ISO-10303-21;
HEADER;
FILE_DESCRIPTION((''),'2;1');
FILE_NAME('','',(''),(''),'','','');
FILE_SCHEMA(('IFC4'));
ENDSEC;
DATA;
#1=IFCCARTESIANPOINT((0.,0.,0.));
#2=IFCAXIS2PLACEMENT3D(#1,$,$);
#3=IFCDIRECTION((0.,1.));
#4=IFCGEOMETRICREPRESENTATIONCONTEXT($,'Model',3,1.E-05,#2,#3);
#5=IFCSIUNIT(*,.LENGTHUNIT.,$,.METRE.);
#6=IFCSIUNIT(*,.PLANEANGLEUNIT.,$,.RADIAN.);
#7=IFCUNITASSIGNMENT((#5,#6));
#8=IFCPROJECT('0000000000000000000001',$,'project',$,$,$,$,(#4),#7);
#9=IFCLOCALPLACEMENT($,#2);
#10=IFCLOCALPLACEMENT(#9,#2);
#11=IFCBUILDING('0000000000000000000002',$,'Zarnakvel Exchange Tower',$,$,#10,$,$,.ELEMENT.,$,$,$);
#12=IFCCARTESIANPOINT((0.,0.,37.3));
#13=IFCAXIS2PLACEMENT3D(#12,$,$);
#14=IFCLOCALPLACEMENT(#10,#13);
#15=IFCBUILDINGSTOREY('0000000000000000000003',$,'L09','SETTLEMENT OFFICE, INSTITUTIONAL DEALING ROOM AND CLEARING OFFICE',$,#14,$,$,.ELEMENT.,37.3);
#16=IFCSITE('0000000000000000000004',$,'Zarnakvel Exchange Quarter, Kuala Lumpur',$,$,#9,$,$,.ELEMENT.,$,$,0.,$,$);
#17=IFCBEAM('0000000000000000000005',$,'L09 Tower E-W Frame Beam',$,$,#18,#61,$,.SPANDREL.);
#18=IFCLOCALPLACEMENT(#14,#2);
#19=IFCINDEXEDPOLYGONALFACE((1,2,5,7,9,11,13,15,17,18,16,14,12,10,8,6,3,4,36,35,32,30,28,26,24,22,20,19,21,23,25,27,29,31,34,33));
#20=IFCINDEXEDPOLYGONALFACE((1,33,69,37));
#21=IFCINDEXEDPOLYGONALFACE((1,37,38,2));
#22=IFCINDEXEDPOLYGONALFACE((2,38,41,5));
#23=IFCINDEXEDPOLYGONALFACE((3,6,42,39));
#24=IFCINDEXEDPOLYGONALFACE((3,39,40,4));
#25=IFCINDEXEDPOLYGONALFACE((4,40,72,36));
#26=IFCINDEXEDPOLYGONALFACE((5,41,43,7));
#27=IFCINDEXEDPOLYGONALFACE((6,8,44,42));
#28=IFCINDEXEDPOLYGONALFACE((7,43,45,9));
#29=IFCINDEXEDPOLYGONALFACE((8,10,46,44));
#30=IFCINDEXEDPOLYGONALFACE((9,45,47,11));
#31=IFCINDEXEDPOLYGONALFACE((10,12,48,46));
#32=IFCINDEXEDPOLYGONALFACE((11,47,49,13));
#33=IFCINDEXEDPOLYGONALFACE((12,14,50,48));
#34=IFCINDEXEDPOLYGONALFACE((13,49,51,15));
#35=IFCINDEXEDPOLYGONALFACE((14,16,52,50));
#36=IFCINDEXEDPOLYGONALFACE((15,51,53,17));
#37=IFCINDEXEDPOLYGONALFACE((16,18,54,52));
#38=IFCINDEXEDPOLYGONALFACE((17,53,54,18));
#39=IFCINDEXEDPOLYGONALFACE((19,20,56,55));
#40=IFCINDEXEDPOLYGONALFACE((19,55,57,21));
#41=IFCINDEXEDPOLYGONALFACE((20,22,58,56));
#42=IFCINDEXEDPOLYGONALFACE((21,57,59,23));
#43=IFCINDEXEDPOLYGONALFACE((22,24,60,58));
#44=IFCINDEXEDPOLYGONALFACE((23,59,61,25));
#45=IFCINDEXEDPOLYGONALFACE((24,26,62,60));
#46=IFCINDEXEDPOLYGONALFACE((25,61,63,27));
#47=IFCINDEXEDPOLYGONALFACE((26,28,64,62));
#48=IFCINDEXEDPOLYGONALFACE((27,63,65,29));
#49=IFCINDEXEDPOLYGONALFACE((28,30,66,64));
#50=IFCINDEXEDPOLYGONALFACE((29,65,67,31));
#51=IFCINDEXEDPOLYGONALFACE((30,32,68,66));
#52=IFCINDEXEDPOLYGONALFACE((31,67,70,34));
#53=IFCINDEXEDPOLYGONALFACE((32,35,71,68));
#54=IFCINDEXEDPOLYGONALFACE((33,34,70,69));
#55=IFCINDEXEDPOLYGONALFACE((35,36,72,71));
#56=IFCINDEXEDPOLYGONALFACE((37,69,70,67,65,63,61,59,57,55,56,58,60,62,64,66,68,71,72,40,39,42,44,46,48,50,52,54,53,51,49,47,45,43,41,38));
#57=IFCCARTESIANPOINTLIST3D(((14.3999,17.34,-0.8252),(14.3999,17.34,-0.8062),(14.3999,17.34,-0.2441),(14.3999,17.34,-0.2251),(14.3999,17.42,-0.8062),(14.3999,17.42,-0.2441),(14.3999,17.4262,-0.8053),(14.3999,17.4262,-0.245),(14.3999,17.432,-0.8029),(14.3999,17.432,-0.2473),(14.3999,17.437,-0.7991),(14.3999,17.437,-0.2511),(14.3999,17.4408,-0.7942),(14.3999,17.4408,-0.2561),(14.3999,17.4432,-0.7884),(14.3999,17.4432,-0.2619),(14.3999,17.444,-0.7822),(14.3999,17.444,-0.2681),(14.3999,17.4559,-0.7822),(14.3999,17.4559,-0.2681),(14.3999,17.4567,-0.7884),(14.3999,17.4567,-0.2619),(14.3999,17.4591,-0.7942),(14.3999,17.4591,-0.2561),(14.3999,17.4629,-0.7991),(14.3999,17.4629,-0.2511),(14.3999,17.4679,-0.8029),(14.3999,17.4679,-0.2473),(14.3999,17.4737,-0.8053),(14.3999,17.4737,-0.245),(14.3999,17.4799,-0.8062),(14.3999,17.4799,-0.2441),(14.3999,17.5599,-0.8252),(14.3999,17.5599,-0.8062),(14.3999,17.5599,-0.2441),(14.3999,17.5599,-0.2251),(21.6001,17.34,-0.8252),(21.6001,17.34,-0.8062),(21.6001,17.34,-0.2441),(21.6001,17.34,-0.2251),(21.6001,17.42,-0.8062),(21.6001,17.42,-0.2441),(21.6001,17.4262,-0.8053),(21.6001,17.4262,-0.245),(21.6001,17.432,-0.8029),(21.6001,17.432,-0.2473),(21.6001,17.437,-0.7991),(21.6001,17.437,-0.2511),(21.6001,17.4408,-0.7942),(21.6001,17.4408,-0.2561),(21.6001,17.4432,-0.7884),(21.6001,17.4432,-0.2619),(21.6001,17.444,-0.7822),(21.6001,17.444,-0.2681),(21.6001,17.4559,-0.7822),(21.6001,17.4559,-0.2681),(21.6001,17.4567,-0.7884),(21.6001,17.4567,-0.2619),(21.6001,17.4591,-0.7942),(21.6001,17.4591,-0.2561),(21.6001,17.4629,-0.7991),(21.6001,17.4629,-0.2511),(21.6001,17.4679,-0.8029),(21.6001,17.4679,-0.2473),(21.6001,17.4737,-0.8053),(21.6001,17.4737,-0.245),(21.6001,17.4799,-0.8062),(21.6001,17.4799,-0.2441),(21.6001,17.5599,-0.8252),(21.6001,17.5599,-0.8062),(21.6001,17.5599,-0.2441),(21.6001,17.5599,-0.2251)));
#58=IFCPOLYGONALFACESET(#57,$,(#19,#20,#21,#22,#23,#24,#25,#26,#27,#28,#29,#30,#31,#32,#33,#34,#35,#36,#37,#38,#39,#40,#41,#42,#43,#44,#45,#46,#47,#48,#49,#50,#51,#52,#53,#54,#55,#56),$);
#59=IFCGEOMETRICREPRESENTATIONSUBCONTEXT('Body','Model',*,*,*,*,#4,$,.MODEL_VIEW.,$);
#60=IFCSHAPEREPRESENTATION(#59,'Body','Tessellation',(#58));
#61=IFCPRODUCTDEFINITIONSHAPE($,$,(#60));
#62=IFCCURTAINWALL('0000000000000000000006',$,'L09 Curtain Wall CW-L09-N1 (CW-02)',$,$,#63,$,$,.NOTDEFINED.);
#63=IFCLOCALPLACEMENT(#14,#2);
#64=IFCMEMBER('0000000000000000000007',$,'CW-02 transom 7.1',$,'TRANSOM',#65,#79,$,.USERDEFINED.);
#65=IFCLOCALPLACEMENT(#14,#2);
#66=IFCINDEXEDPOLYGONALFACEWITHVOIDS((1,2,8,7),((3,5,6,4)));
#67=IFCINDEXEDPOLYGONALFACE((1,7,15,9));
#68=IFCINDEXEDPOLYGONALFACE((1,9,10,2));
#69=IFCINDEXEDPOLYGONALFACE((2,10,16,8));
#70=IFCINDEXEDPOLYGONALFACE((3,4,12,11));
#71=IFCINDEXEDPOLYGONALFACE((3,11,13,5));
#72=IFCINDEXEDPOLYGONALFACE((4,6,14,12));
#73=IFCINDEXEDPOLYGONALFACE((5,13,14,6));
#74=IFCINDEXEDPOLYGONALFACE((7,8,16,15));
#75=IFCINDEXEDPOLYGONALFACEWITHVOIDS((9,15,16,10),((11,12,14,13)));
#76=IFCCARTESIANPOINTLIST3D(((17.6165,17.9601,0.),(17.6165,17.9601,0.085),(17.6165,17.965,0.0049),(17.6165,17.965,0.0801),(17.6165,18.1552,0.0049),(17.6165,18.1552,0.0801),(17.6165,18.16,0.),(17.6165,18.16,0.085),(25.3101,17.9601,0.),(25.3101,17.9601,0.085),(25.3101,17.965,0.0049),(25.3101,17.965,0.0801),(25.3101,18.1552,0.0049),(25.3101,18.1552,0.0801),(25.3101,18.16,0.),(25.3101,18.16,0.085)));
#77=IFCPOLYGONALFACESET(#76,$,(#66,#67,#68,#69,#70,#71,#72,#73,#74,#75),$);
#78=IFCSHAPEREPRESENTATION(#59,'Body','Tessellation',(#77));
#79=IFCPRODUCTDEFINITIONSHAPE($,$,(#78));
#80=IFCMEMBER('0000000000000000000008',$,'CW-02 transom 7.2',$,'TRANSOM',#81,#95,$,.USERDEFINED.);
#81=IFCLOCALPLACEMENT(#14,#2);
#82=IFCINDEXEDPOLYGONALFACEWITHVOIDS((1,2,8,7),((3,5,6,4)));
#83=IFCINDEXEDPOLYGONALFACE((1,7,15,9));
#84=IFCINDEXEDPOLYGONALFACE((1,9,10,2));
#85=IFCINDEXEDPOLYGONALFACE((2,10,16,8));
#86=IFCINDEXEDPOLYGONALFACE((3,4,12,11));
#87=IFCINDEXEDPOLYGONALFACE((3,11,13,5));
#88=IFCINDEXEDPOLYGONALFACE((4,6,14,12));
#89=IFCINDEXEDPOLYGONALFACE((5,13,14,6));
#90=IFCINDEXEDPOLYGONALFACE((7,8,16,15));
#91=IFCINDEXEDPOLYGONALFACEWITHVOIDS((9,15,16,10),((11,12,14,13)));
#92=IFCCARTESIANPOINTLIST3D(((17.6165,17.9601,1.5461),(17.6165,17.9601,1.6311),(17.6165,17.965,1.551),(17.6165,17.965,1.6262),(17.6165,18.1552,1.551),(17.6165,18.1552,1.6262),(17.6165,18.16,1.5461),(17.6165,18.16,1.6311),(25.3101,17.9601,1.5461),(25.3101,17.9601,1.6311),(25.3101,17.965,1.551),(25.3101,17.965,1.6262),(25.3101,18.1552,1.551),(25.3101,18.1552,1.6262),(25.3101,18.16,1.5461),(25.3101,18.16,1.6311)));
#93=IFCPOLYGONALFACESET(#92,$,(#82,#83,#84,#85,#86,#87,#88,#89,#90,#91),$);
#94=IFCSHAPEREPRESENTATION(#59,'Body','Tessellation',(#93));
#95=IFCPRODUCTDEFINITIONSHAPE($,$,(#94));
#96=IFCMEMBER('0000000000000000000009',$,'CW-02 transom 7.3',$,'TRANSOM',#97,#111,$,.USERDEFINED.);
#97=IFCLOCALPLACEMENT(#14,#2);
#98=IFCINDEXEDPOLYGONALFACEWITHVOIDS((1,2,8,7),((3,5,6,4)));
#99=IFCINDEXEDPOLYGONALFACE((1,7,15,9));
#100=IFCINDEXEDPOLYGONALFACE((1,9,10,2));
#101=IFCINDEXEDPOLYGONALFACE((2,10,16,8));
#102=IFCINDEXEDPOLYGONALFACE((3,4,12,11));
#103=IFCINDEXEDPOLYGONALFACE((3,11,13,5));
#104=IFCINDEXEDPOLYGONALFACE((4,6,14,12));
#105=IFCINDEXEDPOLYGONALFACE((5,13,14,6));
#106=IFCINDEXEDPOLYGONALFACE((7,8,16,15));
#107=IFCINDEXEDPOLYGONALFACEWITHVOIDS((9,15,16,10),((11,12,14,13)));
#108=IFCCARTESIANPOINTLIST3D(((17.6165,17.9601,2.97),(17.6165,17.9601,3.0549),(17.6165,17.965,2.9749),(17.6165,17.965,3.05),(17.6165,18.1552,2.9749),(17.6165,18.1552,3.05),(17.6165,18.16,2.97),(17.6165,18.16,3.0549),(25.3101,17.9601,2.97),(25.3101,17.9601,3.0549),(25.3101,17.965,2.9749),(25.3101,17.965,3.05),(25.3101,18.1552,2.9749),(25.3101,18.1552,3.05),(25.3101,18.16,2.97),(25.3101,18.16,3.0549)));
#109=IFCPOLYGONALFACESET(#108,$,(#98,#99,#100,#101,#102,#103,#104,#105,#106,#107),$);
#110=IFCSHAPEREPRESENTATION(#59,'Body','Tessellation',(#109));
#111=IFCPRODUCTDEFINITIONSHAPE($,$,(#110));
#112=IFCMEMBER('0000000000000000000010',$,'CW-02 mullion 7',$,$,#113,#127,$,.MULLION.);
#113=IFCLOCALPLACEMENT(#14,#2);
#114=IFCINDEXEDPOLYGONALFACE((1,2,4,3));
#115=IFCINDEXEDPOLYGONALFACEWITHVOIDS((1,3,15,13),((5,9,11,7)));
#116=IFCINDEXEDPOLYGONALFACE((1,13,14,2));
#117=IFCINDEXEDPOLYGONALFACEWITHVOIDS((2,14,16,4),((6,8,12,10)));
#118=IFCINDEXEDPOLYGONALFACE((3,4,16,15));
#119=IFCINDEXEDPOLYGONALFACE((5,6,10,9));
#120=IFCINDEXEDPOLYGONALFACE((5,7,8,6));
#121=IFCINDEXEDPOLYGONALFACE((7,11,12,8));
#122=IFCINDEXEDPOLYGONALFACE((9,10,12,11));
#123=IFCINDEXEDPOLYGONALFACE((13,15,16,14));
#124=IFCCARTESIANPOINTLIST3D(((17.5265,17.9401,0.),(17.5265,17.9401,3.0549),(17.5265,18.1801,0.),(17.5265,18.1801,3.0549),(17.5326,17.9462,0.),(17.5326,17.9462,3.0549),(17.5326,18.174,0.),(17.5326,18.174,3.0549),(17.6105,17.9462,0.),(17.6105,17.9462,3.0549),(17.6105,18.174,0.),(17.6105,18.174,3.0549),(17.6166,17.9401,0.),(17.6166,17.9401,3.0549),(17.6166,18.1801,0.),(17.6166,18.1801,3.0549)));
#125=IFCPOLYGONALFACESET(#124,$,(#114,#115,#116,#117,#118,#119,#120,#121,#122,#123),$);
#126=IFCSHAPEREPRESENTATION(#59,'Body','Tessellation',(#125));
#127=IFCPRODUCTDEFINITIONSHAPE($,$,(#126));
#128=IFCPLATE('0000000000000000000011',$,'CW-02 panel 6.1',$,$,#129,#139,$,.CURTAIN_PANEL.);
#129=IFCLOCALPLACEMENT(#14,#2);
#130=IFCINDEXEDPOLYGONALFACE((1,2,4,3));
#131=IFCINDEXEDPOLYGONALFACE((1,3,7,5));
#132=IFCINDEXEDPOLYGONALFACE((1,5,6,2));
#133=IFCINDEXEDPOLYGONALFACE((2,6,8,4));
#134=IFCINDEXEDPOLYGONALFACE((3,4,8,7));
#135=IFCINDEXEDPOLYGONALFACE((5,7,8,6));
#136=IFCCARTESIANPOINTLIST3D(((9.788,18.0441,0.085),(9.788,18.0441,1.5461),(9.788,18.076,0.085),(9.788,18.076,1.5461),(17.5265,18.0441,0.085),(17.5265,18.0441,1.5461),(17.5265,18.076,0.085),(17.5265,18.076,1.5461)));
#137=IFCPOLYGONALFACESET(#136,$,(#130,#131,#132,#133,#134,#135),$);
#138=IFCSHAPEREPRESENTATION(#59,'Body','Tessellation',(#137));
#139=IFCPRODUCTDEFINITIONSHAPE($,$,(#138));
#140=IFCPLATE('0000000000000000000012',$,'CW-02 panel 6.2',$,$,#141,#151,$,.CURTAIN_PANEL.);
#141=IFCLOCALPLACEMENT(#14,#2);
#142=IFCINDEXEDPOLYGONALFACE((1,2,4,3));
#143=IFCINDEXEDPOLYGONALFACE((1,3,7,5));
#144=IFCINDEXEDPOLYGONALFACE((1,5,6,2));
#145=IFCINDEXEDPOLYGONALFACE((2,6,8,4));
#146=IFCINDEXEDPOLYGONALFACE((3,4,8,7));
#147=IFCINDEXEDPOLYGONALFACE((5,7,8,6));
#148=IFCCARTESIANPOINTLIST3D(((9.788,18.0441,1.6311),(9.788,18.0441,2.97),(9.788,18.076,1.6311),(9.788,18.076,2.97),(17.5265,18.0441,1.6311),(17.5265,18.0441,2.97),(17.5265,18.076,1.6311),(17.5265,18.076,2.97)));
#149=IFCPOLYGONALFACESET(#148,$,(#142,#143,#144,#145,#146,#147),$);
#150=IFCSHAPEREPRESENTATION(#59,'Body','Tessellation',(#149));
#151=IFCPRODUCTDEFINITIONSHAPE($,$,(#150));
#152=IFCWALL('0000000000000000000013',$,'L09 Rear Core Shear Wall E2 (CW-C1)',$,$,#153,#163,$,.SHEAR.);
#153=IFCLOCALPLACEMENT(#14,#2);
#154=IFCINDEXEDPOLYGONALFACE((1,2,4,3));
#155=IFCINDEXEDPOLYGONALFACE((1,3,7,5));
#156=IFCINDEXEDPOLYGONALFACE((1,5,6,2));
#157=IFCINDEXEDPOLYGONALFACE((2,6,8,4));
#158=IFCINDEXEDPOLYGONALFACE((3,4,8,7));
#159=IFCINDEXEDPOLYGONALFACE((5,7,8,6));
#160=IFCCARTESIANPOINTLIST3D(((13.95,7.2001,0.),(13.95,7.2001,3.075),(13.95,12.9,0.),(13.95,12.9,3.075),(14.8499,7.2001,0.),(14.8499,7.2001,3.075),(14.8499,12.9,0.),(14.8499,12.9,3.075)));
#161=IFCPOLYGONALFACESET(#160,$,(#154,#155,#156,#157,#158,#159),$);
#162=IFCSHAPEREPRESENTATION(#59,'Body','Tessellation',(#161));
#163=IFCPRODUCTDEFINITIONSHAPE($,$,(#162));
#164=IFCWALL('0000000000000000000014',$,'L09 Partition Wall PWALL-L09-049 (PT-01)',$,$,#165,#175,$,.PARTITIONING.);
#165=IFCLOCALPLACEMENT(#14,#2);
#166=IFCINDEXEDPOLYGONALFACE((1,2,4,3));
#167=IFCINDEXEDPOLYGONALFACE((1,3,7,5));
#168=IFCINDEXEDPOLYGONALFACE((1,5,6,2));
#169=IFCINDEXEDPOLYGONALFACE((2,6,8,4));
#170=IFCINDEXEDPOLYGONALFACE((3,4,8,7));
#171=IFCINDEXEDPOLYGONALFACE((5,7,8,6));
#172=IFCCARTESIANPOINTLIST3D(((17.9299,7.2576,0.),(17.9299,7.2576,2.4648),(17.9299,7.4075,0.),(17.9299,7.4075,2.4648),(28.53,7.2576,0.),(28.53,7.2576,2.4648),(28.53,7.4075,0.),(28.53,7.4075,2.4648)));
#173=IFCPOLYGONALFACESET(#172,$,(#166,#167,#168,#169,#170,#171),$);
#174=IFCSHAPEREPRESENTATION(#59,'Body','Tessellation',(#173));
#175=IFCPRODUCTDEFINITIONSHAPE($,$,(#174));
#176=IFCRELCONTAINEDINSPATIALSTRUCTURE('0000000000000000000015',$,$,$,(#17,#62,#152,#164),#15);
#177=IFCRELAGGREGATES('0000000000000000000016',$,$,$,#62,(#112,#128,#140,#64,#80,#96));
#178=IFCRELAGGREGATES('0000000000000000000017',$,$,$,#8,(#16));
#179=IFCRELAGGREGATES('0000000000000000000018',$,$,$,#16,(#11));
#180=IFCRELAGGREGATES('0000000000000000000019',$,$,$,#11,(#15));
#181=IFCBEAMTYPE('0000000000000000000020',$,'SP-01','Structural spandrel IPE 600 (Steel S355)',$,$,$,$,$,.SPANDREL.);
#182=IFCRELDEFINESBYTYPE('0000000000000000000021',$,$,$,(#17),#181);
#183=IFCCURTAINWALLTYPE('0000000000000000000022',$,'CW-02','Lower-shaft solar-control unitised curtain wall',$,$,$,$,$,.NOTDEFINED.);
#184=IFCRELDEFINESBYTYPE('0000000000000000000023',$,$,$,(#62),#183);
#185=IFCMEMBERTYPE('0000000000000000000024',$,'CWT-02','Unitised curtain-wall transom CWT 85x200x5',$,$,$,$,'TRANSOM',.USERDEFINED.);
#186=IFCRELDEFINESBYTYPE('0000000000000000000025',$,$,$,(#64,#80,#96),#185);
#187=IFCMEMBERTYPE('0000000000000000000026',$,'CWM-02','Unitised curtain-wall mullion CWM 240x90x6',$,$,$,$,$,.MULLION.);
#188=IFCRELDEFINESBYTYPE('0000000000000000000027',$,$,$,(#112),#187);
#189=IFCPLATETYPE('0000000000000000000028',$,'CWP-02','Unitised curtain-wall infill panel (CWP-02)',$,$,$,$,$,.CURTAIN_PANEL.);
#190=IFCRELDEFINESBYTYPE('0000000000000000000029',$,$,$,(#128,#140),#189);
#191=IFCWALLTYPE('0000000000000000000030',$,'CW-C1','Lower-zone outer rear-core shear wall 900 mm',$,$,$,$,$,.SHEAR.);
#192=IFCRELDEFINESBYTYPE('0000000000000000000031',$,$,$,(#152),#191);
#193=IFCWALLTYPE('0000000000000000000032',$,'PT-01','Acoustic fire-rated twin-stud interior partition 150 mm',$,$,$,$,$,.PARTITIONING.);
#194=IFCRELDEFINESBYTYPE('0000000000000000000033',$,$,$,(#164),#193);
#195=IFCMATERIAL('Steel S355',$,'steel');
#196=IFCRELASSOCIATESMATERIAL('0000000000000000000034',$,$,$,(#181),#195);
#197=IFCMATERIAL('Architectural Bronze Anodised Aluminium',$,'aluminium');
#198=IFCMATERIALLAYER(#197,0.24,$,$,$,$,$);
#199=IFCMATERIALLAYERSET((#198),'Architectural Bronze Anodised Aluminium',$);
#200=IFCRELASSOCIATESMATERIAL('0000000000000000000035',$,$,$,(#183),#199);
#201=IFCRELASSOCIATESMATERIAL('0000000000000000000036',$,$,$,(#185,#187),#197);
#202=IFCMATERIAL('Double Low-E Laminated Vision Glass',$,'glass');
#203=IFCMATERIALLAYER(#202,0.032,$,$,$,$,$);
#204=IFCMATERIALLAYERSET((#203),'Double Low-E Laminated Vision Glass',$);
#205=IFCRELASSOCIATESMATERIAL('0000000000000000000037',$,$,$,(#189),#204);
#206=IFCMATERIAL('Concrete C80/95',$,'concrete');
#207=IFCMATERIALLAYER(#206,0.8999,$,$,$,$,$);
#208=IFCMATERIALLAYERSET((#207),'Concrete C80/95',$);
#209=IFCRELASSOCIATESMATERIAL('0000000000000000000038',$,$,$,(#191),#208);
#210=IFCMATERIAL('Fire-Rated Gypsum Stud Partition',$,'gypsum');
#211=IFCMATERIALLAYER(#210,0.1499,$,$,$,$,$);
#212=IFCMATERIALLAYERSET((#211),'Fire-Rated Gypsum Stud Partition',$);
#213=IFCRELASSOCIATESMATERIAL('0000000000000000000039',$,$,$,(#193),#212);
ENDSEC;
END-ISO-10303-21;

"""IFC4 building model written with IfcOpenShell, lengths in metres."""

from ifc_helpers import new_model, si_unit, direction, frame, frame_2d, origin, origin_2d, place, context, subcontext, project, spatial, rectangle, hollow_rectangle, i_section, extrude, source, transform, mapped, material, layer, layer_set, material_profile, profile_set, type_object, element, aggregate, save


model = new_model("IFC4")

# Units and contexts
model_context = context("Model", 3, precision=1e-05, world=origin(), true_north=direction((0.0, 1.0)))
body_context = subcontext(model_context, "Body", "Model", "MODEL_VIEW")
ifc_project = project(units=[si_unit("LENGTHUNIT", "METRE"), si_unit("PLANEANGLEUNIT", "RADIAN")], contexts=[model_context])

# Site, building, storey
site_placement = place(None, origin())
site = spatial("IfcSite", under=ifc_project, at=site_placement, Name="Zarnakvel Exchange Quarter, Kuala Lumpur", CompositionType="ELEMENT", RefElevation=0.0)
building_placement = place(site_placement, origin())
building = spatial("IfcBuilding", under=site, at=building_placement, Name="Zarnakvel Exchange Tower", CompositionType="ELEMENT")
storey_placement = place(building_placement, frame((0.0, 0.0, 37.3)))
storey = spatial("IfcBuildingStorey", under=building, at=storey_placement, Name="L09", Description="SETTLEMENT OFFICE, INSTITUTIONAL DEALING ROOM AND CLEARING OFFICE", CompositionType="ELEMENT", Elevation=37.3)

# Shared definitions
ifc_material_1 = material(Name="Concrete C80/95", Category="concrete")

# Beam
ifc_material_2 = material(Name="Steel S355", Category="steel")
ifc_material_profile_1 = material_profile(ifc_material_2, i_section(OverallWidth=0.22, OverallDepth=0.6001, WebThickness=0.012, FlangeThickness=0.019, FilletRadius=0.0239, at=origin_2d()))
ifc_profile_set_1 = profile_set([ifc_material_profile_1], Name="Steel S355")
beam_type_1 = type_object("IfcBeamType", Name="SP-01", Description="Structural spandrel IPE 600 (Steel S355)", PredefinedType="SPANDREL", material=ifc_profile_set_1)
beam_1_placement = place(storey_placement, frame((14.3999, 17.45, -0.5251), z_axis=(1.0, 0.0, 0.0), x_axis=(0.0, 1.0, 0.0)))
element("IfcBeam", 1, at=beam_1_placement, inside=storey, type_object=beam_type_1, Name="L09 Tower E-W Frame Beam", PredefinedType="SPANDREL", context=body_context, shape_type="SweptSolid", body=[
    extrude(i_section(OverallWidth=0.22, OverallDepth=0.6001, WebThickness=0.012, FlangeThickness=0.019, FilletRadius=0.0239, at=origin_2d()), origin(), (0.0, 0.0, 1.0), 7.2002),
])

# Curtain wall, members, plates
ifc_material_3 = material(Name="Architectural Bronze Anodised Aluminium", Category="aluminium")
ifc_layer_1 = layer(ifc_material_3, 0.24)
ifc_layer_set_1 = layer_set([ifc_layer_1], Name="Architectural Bronze Anodised Aluminium")
curtain_wall_type = type_object("IfcCurtainWallType", Name="CW-02", Description="Lower-shaft solar-control unitised curtain wall", PredefinedType="NOTDEFINED", material=ifc_layer_set_1)
curtain_wall_placement = place(storey_placement, origin())
curtain_wall = element("IfcCurtainWall", 2, at=curtain_wall_placement, inside=storey, type_object=curtain_wall_type, Name="L09 Curtain Wall CW-L09-N1 (CW-02)", PredefinedType="NOTDEFINED")
ifc_material_profile_2 = material_profile(ifc_material_3, hollow_rectangle(XDim=0.2, YDim=0.085, WallThickness=0.0049, at=origin_2d()))
ifc_profile_set_2 = profile_set([ifc_material_profile_2], Name="Architectural Bronze Anodised Aluminium")
member_type_1 = type_object("IfcMemberType", Name="CWT-02", Description="Unitised curtain-wall transom CWT 85x200x5", ElementType="TRANSOM", PredefinedType="USERDEFINED", material=ifc_profile_set_2)
shared_shape_1 = source(origin(), body_context, "Body", "SweptSolid", [
    extrude(hollow_rectangle(XDim=0.2, YDim=0.085, WallThickness=0.0049, at=origin_2d()), origin(), (0.0, 0.0, 1.0), 7.6936),
])
member_1_placement = place(storey_placement, frame((17.6165, 18.0601, 0.0425), z_axis=(1.0, 0.0, 0.0), x_axis=(0.0, 1.0, 0.0)))
member_1 = element("IfcMember", 3, at=member_1_placement, type_object=member_type_1, Name="CW-02 transom 7.1", ObjectType="TRANSOM", PredefinedType="USERDEFINED", context=body_context, shape_type="MappedRepresentation", body=[
    mapped(shared_shape_1, transform((0.0, 0.0, 0.0), x_axis=(1.0, 0.0, 0.0), y_axis=(0.0, 1.0, 0.0), z_axis=(0.0, 0.0, 1.0), scale=1.0)),
])
member_2_placement = place(storey_placement, frame((17.6165, 18.0601, 1.5886), z_axis=(1.0, 0.0, 0.0), x_axis=(0.0, 1.0, 0.0)))
member_2 = element("IfcMember", 4, at=member_2_placement, type_object=member_type_1, Name="CW-02 transom 7.2", ObjectType="TRANSOM", PredefinedType="USERDEFINED", context=body_context, shape_type="MappedRepresentation", body=[
    mapped(shared_shape_1, transform((0.0, 0.0, 0.0), x_axis=(1.0, 0.0, 0.0), y_axis=(0.0, 1.0, 0.0), z_axis=(0.0, 0.0, 1.0), scale=1.0)),
])
member_3_placement = place(storey_placement, frame((17.6165, 18.0601, 3.0125), z_axis=(1.0, 0.0, 0.0), x_axis=(0.0, 1.0, 0.0)))
member_3 = element("IfcMember", 5, at=member_3_placement, type_object=member_type_1, Name="CW-02 transom 7.3", ObjectType="TRANSOM", PredefinedType="USERDEFINED", context=body_context, shape_type="MappedRepresentation", body=[
    mapped(shared_shape_1, transform((0.0, 0.0, 0.0), x_axis=(1.0, 0.0, 0.0), y_axis=(0.0, 1.0, 0.0), z_axis=(0.0, 0.0, 1.0), scale=1.0)),
])
ifc_material_profile_3 = material_profile(ifc_material_3, hollow_rectangle(XDim=0.24, YDim=0.0901, WallThickness=0.0061, at=origin_2d()))
ifc_profile_set_3 = profile_set([ifc_material_profile_3], Name="Architectural Bronze Anodised Aluminium")
member_type_2 = type_object("IfcMemberType", Name="CWM-02", Description="Unitised curtain-wall mullion CWM 240x90x6", PredefinedType="MULLION", material=ifc_profile_set_3)
shared_shape_2 = source(origin(), body_context, "Body", "SweptSolid", [
    extrude(hollow_rectangle(XDim=0.24, YDim=0.0901, WallThickness=0.0061, at=origin_2d()), origin(), (0.0, 0.0, 1.0), 3.0549),
])
member_4_placement = place(storey_placement, frame((17.5715, 18.0601, 0.0), z_axis=(0.0, 0.0, 1.0), x_axis=(0.0, 1.0, 0.0)))
member_4 = element("IfcMember", 6, at=member_4_placement, type_object=member_type_2, Name="CW-02 mullion 7", PredefinedType="MULLION", context=body_context, shape_type="MappedRepresentation", body=[
    mapped(shared_shape_2, transform((0.0, 0.0, 0.0), x_axis=(1.0, 0.0, 0.0), y_axis=(0.0, 1.0, 0.0), z_axis=(0.0, 0.0, 1.0), scale=1.0)),
])
ifc_material_4 = material(Name="Double Low-E Laminated Vision Glass", Category="glass")
ifc_layer_2 = layer(ifc_material_4, 0.032)
ifc_layer_set_2 = layer_set([ifc_layer_2], Name="Double Low-E Laminated Vision Glass")
plate_type = type_object("IfcPlateType", Name="CWP-02", Description="Unitised curtain-wall infill panel (CWP-02)", PredefinedType="CURTAIN_PANEL", material=ifc_layer_set_2)
shared_shape_3 = source(origin(), body_context, "Body", "SweptSolid", [
    extrude(rectangle(XDim=7.7385, YDim=0.032, at=origin_2d()), origin(), (0.0, 0.0, 1.0), 1.4612),
])
plate_1_placement = place(storey_placement, frame((13.6572, 18.0601, 0.085), z_axis=(0.0, 0.0, 1.0), x_axis=(1.0, 0.0, 0.0)))
plate_1 = element("IfcPlate", 7, at=plate_1_placement, type_object=plate_type, Name="CW-02 panel 6.1", PredefinedType="CURTAIN_PANEL", context=body_context, shape_type="MappedRepresentation", body=[
    mapped(shared_shape_3, transform((0.0, 0.0, 0.0), x_axis=(1.0, 0.0, 0.0), y_axis=(0.0, 1.0, 0.0), z_axis=(0.0, 0.0, 1.0), scale=1.0)),
])
shared_shape_4 = source(origin(), body_context, "Body", "SweptSolid", [
    extrude(rectangle(XDim=7.7385, YDim=0.032, at=origin_2d()), origin(), (0.0, 0.0, 1.0), 1.3389),
])
plate_2_placement = place(storey_placement, frame((13.6572, 18.0601, 1.6311), z_axis=(0.0, 0.0, 1.0), x_axis=(1.0, 0.0, 0.0)))
plate_2 = element("IfcPlate", 8, at=plate_2_placement, type_object=plate_type, Name="CW-02 panel 6.2", PredefinedType="CURTAIN_PANEL", context=body_context, shape_type="MappedRepresentation", body=[
    mapped(shared_shape_4, transform((0.0, 0.0, 0.0), x_axis=(1.0, 0.0, 0.0), y_axis=(0.0, 1.0, 0.0), z_axis=(0.0, 0.0, 1.0), scale=1.0)),
])
aggregate(curtain_wall, [member_4, plate_1, plate_2, member_1, member_2, member_3])

# Walls
ifc_layer_3 = layer(ifc_material_1, 0.8999)
ifc_layer_set_3 = layer_set([ifc_layer_3], Name="Concrete C80/95")
wall_type_1 = type_object("IfcWallType", Name="CW-C1", Description="Lower-zone outer rear-core shear wall 900 mm", PredefinedType="SHEAR", material=ifc_layer_set_3)
wall_1_placement = place(storey_placement, frame((14.3999, 7.2, 0.0), z_axis=(0.0, 0.0, 1.0), x_axis=(0.0, 1.0, 0.0)))
element("IfcWall", 9, at=wall_1_placement, inside=storey, type_object=wall_type_1, Name="L09 Rear Core Shear Wall E2 (CW-C1)", PredefinedType="SHEAR", context=body_context, shape_type="SweptSolid", body=[
    extrude(rectangle(XDim=5.7, YDim=0.8999, at=frame_2d((2.8501, 0.0))), origin(), (0.0, 0.0, 1.0), 3.075),
])
ifc_material_5 = material(Name="Fire-Rated Gypsum Stud Partition", Category="gypsum")
ifc_layer_4 = layer(ifc_material_5, 0.1499)
ifc_layer_set_4 = layer_set([ifc_layer_4], Name="Fire-Rated Gypsum Stud Partition")
wall_type_2 = type_object("IfcWallType", Name="PT-01", Description="Acoustic fire-rated twin-stud interior partition 150 mm", PredefinedType="PARTITIONING", material=ifc_layer_set_4)
wall_2_placement = place(storey_placement, frame((17.9299, 7.3325, 0.0), z_axis=(0.0, 0.0, 1.0), x_axis=(1.0, 0.0, 0.0)))
element("IfcWall", 10, at=wall_2_placement, inside=storey, type_object=wall_type_2, Name="L09 Partition Wall PWALL-L09-049 (PT-01)", PredefinedType="PARTITIONING", context=body_context, shape_type="SweptSolid", body=[
    extrude(rectangle(XDim=10.6001, YDim=0.1499, at=frame_2d((5.3, 0.0))), origin(), (0.0, 0.0, 1.0), 2.4648),
])

save(model, "model.ifc")
